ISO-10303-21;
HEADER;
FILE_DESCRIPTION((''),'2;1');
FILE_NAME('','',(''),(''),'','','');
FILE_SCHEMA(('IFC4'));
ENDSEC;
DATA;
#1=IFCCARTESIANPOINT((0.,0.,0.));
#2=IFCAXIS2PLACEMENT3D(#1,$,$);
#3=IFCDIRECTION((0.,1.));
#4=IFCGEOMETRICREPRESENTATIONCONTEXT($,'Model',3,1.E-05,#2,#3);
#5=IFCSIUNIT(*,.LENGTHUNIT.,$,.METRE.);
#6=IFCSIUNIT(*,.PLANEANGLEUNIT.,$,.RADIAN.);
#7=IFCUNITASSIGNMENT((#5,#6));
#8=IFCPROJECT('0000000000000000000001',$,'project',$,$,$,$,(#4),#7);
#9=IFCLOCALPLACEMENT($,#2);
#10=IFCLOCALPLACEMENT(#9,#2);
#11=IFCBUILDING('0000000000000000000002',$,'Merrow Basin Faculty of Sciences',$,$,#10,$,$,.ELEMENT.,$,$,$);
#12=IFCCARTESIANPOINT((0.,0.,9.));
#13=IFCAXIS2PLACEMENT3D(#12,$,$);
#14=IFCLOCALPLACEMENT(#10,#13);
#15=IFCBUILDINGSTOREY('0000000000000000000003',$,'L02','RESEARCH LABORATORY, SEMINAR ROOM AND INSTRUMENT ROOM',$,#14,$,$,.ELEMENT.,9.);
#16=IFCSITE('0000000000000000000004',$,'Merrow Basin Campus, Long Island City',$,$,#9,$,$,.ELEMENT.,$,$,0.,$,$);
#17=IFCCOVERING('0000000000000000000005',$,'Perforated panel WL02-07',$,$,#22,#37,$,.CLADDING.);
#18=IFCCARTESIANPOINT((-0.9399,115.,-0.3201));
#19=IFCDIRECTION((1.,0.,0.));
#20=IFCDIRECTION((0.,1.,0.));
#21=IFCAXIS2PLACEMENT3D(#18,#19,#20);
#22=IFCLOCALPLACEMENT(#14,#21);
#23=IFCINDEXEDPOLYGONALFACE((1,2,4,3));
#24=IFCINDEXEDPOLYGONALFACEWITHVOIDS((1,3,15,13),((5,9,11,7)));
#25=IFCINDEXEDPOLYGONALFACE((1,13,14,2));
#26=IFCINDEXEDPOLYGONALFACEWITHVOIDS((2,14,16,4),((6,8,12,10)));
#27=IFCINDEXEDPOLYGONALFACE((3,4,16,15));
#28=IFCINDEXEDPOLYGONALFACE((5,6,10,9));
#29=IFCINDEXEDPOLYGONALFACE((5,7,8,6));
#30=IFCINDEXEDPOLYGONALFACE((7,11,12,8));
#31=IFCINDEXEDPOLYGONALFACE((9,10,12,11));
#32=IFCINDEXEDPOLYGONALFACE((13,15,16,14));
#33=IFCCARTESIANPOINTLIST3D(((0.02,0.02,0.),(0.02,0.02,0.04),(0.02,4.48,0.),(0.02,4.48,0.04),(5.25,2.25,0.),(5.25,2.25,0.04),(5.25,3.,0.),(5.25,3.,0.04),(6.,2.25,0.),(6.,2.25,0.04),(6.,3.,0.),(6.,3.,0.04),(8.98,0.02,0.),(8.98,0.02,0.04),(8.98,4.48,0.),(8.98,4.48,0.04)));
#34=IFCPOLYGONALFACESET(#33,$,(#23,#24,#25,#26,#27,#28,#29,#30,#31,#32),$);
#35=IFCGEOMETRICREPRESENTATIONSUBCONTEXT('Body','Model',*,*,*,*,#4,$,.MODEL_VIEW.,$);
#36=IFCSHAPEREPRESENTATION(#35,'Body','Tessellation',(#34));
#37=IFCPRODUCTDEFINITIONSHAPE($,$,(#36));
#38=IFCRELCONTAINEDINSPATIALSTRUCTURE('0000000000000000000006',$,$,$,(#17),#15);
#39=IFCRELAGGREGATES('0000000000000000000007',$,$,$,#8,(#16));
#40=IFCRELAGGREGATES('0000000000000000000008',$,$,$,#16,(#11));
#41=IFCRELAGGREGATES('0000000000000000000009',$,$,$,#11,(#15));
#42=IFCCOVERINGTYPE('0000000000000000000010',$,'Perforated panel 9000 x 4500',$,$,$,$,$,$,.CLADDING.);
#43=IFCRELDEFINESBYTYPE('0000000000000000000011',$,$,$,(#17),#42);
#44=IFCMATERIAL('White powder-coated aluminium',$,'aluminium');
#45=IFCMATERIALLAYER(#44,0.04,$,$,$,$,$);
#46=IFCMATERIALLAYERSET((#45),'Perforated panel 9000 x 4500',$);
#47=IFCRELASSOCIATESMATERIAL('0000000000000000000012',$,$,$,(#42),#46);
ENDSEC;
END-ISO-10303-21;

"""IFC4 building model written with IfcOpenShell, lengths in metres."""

from ifc_helpers import new_model, si_unit, direction, frame, origin, place, context, subcontext, project, spatial, polyline, outline, extrude, source, transform, mapped, material, layer, layer_set, type_object, element, save


model = new_model("IFC4")

# Units and contexts
model_context = context("Model", 3, precision=1e-05, world=origin(), true_north=direction((0.0, 1.0)))
body_context = subcontext(model_context, "Body", "Model", "MODEL_VIEW")
ifc_project = project(units=[si_unit("LENGTHUNIT", "METRE"), si_unit("PLANEANGLEUNIT", "RADIAN")], contexts=[model_context])

# Site, building, storey
site_placement = place(None, origin())
site = spatial("IfcSite", under=ifc_project, at=site_placement, Name="Merrow Basin Campus, Long Island City", CompositionType="ELEMENT", RefElevation=0.0)
building_placement = place(site_placement, origin())
building = spatial("IfcBuilding", under=site, at=building_placement, Name="Merrow Basin Faculty of Sciences", CompositionType="ELEMENT")
storey_placement = place(building_placement, frame((0.0, 0.0, 9.0)))
storey = spatial("IfcBuildingStorey", under=building, at=storey_placement, Name="L02", Description="RESEARCH LABORATORY, SEMINAR ROOM AND INSTRUMENT ROOM", CompositionType="ELEMENT", Elevation=9.0)

# Covering
ifc_material_1 = material(Name="White powder-coated aluminium", Category="aluminium")
ifc_layer_1 = layer(ifc_material_1, 0.04)
ifc_layer_set_1 = layer_set([ifc_layer_1], Name="Perforated panel 9000 x 4500")
covering_type = type_object("IfcCoveringType", Name="Perforated panel 9000 x 4500", PredefinedType="CLADDING", material=ifc_layer_set_1)
shared_shape_1 = source(origin(), body_context, "Body", "SweptSolid", [
    extrude(outline(polyline([(0.02, 0.02), (8.98, 0.02), (8.98, 4.48), (0.02, 4.48), (0.02, 0.02)]), holes=[polyline([(5.25, 2.25), (6.0, 2.25), (6.0, 3.0), (5.25, 3.0), (5.25, 2.25)])]), origin(), (0.0, 0.0, 1.0), 0.04),
])
covering_placement = place(storey_placement, frame((-0.9399, 115.0, -0.3201), z_axis=(1.0, 0.0, 0.0), x_axis=(0.0, 1.0, 0.0)))
element("IfcCovering", 1, at=covering_placement, inside=storey, type_object=covering_type, Name="Perforated panel WL02-07", PredefinedType="CLADDING", context=body_context, shape_type="MappedRepresentation", body=[
    mapped(shared_shape_1, transform((0.0, 0.0, 0.0), scale=1.0)),
])

save(model, "model.ifc")
